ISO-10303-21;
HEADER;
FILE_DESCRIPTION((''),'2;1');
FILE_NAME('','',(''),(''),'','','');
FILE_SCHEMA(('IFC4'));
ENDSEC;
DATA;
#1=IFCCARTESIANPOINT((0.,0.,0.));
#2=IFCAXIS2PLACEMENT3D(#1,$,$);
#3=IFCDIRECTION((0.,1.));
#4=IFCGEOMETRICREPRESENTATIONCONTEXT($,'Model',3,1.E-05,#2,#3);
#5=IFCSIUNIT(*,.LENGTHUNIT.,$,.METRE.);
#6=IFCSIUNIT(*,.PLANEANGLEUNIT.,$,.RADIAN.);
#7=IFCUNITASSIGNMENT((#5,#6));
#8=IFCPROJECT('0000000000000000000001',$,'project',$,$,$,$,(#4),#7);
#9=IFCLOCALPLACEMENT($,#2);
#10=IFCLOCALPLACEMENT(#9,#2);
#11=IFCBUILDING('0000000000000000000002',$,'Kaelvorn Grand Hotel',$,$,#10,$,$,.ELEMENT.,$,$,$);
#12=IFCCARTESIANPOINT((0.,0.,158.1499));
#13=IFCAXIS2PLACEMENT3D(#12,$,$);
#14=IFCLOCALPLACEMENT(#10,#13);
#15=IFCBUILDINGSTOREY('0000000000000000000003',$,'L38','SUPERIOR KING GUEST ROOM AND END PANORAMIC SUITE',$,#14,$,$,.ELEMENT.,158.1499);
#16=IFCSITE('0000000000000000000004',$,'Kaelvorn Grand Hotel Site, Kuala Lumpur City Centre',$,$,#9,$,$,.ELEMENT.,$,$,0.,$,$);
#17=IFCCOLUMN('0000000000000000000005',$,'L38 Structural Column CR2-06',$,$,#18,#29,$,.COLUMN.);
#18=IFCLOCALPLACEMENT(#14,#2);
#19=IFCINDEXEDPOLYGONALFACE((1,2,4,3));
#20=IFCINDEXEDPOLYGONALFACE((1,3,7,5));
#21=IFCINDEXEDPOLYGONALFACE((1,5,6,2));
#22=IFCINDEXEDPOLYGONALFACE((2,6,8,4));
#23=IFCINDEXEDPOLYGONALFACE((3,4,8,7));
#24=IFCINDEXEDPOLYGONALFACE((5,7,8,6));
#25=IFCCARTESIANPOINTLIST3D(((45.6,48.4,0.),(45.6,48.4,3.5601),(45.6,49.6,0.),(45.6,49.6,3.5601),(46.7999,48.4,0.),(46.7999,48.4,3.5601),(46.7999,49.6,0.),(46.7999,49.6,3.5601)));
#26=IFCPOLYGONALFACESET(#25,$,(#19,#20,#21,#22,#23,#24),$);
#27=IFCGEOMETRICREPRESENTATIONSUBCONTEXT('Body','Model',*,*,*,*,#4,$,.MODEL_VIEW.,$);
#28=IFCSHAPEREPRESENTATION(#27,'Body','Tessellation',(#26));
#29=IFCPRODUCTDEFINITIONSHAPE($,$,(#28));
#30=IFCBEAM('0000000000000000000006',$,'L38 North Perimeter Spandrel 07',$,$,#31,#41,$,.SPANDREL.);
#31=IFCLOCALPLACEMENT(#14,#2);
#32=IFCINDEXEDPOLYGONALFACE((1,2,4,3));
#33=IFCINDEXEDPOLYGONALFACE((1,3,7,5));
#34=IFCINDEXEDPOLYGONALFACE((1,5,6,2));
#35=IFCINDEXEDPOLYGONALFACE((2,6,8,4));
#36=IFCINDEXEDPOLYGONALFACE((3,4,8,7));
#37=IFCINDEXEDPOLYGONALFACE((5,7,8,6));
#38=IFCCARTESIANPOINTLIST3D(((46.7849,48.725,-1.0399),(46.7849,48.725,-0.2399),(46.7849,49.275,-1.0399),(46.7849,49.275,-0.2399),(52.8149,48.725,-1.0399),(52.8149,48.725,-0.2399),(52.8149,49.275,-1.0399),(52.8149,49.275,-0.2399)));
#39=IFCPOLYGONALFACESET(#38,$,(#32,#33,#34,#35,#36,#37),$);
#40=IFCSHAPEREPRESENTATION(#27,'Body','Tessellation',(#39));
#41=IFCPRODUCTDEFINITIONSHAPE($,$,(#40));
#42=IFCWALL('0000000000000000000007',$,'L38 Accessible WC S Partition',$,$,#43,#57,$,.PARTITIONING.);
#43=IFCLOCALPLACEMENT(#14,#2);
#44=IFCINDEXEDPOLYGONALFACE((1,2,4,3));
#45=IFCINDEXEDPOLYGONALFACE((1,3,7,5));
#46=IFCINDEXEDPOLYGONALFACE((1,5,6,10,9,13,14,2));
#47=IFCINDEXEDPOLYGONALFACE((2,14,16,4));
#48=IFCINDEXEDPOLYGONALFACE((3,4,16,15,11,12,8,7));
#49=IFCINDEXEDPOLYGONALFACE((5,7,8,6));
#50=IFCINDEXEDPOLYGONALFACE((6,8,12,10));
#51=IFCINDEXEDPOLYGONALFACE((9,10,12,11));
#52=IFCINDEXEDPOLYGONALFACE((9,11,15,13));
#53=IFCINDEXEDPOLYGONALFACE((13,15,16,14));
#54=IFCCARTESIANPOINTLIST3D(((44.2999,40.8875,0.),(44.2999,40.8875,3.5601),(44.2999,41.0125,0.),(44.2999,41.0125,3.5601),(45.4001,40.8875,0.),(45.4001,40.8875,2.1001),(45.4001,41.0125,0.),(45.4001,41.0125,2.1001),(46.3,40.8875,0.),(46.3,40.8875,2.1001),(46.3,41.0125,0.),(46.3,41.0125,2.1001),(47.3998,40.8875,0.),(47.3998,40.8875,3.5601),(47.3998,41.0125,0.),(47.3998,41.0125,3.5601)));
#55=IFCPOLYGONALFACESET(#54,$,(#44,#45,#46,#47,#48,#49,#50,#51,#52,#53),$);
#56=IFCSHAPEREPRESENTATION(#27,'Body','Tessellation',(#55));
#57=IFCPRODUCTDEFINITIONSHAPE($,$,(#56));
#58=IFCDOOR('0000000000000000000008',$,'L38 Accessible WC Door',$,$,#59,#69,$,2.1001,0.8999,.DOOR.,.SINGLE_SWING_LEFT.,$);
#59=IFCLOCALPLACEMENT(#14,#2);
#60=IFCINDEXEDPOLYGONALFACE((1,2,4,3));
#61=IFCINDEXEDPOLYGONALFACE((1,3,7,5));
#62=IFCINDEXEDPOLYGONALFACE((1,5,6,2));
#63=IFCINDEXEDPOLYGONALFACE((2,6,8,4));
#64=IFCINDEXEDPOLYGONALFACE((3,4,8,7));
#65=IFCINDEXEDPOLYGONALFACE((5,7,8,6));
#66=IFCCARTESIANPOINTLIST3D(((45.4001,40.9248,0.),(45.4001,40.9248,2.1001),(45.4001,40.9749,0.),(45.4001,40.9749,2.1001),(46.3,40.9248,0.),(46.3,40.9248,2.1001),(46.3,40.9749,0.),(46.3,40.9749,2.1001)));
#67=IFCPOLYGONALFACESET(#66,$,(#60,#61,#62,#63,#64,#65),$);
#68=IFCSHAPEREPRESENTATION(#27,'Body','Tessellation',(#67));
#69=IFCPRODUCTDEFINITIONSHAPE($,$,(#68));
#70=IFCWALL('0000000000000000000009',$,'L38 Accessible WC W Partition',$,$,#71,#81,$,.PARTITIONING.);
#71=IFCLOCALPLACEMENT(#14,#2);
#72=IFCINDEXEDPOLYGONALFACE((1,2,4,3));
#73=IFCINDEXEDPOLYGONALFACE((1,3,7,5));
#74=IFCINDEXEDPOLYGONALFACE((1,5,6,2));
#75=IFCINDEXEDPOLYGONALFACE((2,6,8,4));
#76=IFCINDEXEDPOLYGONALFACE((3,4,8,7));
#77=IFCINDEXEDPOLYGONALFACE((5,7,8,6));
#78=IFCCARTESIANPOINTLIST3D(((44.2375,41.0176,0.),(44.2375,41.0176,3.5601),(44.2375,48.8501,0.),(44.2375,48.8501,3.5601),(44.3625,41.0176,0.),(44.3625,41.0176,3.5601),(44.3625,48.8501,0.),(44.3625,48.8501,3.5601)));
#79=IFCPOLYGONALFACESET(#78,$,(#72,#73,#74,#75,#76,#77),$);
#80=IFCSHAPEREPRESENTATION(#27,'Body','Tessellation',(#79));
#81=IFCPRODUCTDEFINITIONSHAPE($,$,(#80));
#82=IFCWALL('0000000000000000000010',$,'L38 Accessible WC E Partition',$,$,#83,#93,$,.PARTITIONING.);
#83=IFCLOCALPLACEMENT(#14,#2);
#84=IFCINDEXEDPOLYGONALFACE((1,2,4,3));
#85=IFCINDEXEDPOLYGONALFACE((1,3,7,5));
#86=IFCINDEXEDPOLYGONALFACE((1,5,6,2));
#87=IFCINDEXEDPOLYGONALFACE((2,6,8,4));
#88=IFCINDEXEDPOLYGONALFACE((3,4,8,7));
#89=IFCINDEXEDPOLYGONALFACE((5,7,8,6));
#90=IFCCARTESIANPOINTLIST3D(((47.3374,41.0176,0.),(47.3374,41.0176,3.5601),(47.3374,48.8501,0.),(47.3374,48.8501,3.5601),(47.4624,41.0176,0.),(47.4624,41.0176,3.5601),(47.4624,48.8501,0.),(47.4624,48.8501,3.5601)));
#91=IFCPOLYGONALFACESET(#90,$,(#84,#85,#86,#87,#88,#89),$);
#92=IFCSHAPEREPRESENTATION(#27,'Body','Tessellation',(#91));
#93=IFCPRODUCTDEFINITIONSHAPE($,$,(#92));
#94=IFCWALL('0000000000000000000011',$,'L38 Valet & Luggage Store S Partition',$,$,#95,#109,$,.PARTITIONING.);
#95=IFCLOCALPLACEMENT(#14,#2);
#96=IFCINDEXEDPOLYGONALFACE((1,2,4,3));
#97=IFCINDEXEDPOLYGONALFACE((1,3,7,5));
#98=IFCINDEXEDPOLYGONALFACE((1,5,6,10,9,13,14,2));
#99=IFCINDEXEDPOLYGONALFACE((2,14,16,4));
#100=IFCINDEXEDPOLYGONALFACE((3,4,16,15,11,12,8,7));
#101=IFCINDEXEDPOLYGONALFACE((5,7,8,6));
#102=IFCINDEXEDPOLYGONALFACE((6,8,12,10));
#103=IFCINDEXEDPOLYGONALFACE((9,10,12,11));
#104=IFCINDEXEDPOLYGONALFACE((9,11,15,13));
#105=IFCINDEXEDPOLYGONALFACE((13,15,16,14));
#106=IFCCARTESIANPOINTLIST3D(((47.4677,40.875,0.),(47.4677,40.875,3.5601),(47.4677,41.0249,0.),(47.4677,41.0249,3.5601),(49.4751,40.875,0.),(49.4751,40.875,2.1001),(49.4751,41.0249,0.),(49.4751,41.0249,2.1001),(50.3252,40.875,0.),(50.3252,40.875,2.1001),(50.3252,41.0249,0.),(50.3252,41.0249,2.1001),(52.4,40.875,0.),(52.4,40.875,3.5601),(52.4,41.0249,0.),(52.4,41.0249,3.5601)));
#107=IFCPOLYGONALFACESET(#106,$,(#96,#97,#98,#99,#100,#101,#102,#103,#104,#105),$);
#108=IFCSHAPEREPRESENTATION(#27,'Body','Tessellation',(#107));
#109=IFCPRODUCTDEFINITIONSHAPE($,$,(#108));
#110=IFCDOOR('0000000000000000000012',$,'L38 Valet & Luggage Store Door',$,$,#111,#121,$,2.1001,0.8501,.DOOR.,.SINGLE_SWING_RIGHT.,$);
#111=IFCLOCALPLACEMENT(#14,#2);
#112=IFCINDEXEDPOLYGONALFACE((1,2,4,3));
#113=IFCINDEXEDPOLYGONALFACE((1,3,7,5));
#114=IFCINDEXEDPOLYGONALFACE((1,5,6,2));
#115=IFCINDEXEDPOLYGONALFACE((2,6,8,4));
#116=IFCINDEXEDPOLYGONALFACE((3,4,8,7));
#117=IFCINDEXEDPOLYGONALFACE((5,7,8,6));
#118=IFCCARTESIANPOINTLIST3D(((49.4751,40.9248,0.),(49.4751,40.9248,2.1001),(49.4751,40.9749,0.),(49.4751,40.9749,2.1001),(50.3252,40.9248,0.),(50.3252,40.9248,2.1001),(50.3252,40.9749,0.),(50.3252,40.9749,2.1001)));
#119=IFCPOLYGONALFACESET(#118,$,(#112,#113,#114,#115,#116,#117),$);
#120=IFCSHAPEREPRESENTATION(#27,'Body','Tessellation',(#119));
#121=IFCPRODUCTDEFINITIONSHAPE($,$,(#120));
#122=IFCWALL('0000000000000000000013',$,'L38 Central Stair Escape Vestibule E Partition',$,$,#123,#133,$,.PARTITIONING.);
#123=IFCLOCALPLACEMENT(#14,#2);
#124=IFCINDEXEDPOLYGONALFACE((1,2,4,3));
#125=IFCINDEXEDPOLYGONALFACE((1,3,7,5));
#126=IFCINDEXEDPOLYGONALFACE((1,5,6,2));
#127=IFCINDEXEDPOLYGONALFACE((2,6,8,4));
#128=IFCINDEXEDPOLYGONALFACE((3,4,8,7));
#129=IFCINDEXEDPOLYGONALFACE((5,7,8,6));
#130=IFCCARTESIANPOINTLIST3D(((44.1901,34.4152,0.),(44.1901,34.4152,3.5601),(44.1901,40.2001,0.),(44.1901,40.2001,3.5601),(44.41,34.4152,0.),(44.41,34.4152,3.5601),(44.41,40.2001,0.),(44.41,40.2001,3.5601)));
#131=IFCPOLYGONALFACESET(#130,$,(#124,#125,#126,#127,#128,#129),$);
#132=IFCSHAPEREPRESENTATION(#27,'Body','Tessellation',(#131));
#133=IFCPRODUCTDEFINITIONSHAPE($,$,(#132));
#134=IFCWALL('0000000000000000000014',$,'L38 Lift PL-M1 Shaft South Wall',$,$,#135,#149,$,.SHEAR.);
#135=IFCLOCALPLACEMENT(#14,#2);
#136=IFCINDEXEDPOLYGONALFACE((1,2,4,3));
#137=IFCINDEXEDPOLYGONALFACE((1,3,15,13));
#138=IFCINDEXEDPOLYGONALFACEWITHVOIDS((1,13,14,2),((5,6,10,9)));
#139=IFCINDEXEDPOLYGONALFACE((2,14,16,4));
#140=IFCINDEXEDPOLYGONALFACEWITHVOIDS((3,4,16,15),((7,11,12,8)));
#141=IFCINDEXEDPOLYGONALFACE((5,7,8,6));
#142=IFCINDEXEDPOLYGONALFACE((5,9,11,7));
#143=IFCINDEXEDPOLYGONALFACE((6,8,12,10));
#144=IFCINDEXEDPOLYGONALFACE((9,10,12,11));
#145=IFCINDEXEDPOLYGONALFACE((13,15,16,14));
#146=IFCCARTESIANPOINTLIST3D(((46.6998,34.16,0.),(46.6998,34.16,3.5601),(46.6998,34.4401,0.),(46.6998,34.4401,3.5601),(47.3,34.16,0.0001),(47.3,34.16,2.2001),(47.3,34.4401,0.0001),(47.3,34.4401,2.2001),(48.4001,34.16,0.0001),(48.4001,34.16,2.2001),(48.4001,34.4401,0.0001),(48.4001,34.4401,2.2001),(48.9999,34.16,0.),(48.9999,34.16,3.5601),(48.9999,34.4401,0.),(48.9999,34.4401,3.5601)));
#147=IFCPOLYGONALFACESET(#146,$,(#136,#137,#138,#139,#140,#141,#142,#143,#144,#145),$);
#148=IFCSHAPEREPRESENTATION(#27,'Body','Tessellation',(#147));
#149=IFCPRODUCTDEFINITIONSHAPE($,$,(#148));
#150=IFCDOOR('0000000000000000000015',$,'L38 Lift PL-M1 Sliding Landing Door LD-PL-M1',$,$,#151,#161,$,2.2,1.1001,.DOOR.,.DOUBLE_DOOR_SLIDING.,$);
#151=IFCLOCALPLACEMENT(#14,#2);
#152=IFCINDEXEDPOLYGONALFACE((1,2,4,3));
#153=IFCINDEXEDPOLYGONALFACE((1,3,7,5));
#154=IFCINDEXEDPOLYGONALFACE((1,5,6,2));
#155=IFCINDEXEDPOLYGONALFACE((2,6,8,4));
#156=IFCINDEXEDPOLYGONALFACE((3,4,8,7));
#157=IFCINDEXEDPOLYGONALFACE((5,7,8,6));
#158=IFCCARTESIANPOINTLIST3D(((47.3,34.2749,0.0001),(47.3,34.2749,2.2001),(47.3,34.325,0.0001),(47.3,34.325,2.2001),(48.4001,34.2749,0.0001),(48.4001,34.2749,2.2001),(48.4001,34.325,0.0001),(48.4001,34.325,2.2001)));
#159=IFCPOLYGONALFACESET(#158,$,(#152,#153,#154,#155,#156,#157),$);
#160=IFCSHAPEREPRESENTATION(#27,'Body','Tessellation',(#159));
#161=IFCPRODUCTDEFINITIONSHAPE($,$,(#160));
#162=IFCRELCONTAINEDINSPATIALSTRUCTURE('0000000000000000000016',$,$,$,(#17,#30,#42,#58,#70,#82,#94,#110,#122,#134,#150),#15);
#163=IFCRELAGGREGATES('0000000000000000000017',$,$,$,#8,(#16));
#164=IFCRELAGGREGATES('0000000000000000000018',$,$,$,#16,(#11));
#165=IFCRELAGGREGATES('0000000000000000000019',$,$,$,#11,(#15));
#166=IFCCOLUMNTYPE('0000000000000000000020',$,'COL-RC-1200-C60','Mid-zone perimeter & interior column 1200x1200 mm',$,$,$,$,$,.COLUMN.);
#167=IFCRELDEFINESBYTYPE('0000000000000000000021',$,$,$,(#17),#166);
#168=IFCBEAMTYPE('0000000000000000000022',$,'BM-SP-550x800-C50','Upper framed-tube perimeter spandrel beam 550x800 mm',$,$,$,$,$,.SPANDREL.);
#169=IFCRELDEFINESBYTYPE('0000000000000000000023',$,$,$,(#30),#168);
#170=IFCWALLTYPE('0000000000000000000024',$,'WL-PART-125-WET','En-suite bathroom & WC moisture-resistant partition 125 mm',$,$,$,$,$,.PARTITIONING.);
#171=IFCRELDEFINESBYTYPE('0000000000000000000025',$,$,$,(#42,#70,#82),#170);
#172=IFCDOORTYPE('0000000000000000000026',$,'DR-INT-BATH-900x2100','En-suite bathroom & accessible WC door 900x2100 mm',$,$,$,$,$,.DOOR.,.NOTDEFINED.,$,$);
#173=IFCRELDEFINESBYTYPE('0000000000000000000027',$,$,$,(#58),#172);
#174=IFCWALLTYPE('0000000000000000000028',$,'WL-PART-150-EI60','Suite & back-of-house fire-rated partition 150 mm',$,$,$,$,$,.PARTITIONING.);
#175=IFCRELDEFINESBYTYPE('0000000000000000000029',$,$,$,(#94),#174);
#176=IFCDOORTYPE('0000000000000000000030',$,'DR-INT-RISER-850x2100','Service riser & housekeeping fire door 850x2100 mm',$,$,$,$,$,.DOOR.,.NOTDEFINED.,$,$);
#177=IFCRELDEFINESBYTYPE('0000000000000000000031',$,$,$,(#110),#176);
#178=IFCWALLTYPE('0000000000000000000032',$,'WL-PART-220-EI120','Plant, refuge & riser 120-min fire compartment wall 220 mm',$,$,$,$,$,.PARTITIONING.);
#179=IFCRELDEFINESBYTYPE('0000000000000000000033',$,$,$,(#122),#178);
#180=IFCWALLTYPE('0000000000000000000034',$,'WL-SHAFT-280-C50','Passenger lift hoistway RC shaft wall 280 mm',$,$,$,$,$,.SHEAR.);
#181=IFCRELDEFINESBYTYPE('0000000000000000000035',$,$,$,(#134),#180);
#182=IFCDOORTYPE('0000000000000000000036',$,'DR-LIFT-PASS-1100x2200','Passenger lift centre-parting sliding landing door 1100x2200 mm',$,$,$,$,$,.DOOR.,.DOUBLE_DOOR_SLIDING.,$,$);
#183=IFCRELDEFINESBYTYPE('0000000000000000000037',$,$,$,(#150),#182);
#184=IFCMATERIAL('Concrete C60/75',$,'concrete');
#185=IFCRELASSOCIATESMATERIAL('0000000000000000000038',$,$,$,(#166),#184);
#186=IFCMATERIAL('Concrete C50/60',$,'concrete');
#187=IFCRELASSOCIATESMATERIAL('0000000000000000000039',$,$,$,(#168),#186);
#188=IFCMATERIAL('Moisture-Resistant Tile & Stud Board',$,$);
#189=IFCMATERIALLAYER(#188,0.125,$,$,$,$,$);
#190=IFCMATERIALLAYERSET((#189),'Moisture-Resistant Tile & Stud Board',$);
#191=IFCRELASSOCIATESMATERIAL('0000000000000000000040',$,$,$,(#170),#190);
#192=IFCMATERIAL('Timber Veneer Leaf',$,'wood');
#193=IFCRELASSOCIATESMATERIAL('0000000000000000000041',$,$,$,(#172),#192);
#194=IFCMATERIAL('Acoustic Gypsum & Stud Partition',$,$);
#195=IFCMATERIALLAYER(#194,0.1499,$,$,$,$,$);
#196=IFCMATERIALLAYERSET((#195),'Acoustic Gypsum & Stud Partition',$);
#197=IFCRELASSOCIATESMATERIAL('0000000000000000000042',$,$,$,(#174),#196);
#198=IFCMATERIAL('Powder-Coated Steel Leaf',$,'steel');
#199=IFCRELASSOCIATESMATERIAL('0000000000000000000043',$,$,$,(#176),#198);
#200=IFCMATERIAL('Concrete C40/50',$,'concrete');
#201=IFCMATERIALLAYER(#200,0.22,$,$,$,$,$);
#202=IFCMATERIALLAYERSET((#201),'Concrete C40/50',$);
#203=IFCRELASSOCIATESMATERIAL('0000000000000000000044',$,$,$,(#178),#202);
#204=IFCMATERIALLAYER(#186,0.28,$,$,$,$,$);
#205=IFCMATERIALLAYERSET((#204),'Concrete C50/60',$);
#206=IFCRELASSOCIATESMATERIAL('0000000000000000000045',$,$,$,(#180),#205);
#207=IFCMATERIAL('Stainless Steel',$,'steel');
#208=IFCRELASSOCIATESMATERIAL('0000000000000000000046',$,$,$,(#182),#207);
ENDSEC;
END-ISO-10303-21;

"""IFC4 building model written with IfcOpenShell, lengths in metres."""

from ifc_helpers import new_model, si_unit, direction, frame, frame_2d, origin, origin_2d, place, context, subcontext, project, spatial, rectangle, extrude, material, layer, layer_set, material_profile, profile_set, type_object, element, fill, save


model = new_model("IFC4")

# Units and contexts
model_context = context("Model", 3, precision=1e-05, world=origin(), true_north=direction((0.0, 1.0)))
body_context = subcontext(model_context, "Body", "Model", "MODEL_VIEW")
ifc_project = project(units=[si_unit("LENGTHUNIT", "METRE"), si_unit("PLANEANGLEUNIT", "RADIAN")], contexts=[model_context])

# Site, building, storey
site_placement = place(None, origin())
site = spatial("IfcSite", under=ifc_project, at=site_placement, Name="Kaelvorn Grand Hotel Site, Kuala Lumpur City Centre", CompositionType="ELEMENT", RefElevation=0.0)
building_placement = place(site_placement, origin())
building = spatial("IfcBuilding", under=site, at=building_placement, Name="Kaelvorn Grand Hotel", CompositionType="ELEMENT")
storey_placement = place(building_placement, frame((0.0, 0.0, 158.1499)))
storey = spatial("IfcBuildingStorey", under=building, at=storey_placement, Name="L38", Description="SUPERIOR KING GUEST ROOM AND END PANORAMIC SUITE", CompositionType="ELEMENT", Elevation=158.1499)

# Column
ifc_material_1 = material(Name="Concrete C60/75", Category="concrete")
ifc_material_profile_1 = material_profile(ifc_material_1, rectangle(XDim=1.2, YDim=1.2, at=origin_2d()), Name="RC COL 1200x1200")
ifc_profile_set_1 = profile_set([ifc_material_profile_1], Name="Concrete C60/75")
column_type = type_object("IfcColumnType", Name="COL-RC-1200-C60", Description="Mid-zone perimeter & interior column 1200x1200 mm", PredefinedType="COLUMN", material=ifc_profile_set_1)
column_placement = place(storey_placement, frame((46.2, 49.0, 0.0), z_axis=(0.0, 0.0, 1.0), x_axis=(1.0, 0.0, 0.0)))
element("IfcColumn", 1, at=column_placement, inside=storey, type_object=column_type, Name="L38 Structural Column CR2-06", PredefinedType="COLUMN", context=body_context, shape_type="SweptSolid", body=[
    extrude(rectangle(XDim=1.2, YDim=1.2, at=origin_2d()), origin(), (0.0, 0.0, 1.0), 3.5601),
])

# Beam
ifc_material_2 = material(Name="Concrete C50/60", Category="concrete")
ifc_material_profile_2 = material_profile(ifc_material_2, rectangle(XDim=0.55, YDim=0.8, at=origin_2d()), Name="RC SPANDREL 550x800")
ifc_profile_set_2 = profile_set([ifc_material_profile_2], Name="Concrete C50/60")
beam_type = type_object("IfcBeamType", Name="BM-SP-550x800-C50", Description="Upper framed-tube perimeter spandrel beam 550x800 mm", PredefinedType="SPANDREL", material=ifc_profile_set_2)
beam_placement = place(storey_placement, frame((46.7849, 49.0, -0.6399), z_axis=(1.0, 0.0, 0.0), x_axis=(0.0, 1.0, 0.0)))
element("IfcBeam", 2, at=beam_placement, inside=storey, type_object=beam_type, Name="L38 North Perimeter Spandrel 07", PredefinedType="SPANDREL", context=body_context, shape_type="SweptSolid", body=[
    extrude(rectangle(XDim=0.55, YDim=0.8, at=origin_2d()), origin(), (0.0, 0.0, 1.0), 6.03),
])

# Wall, opening, door
ifc_material_3 = material(Name="Moisture-Resistant Tile & Stud Board")
ifc_layer_1 = layer(ifc_material_3, 0.125)
ifc_layer_set_1 = layer_set([ifc_layer_1], Name="Moisture-Resistant Tile & Stud Board")
wall_type_1 = type_object("IfcWallType", Name="WL-PART-125-WET", Description="En-suite bathroom & WC moisture-resistant partition 125 mm", PredefinedType="PARTITIONING", material=ifc_layer_set_1)
wall_1_placement = place(storey_placement, frame((44.3, 40.95, 0.0), z_axis=(0.0, 0.0, 1.0), x_axis=(1.0, 0.0, 0.0)))
wall_1 = element("IfcWall", 3, at=wall_1_placement, inside=storey, type_object=wall_type_1, Name="L38 Accessible WC S Partition", PredefinedType="PARTITIONING", context=body_context, shape_type="SweptSolid", body=[
    extrude(rectangle(XDim=3.0999, YDim=0.125, at=frame_2d((1.5498, 0.0))), origin(), (0.0, 0.0, 1.0), 3.5601),
])
opening_1_placement = place(wall_1_placement, frame((1.1001, 0.0, 0.0)))
opening_1 = element("IfcOpeningElement", 4, at=opening_1_placement, cuts=wall_1, PredefinedType="OPENING", context=body_context, shape_type="SweptSolid", body=[
    extrude(rectangle(XDim=0.8999, YDim=2.1001, at=frame_2d((0.45, 1.05))), frame((0.0, 0.0725, 0.0), z_axis=(0.0, -1.0, 0.0), x_axis=(1.0, 0.0, 0.0)), (0.0, 0.0, 1.0), 0.145),
])
ifc_material_4 = material(Name="Timber Veneer Leaf", Category="wood")
door_type_1 = type_object("IfcDoorType", Name="DR-INT-BATH-900x2100", Description="En-suite bathroom & accessible WC door 900x2100 mm", OperationType="NOTDEFINED", PredefinedType="DOOR", material=ifc_material_4)
door_1_placement = place(opening_1_placement, origin())
door_1 = element("IfcDoor", 5, at=door_1_placement, inside=storey, type_object=door_type_1, Name="L38 Accessible WC Door", OperationType="SINGLE_SWING_LEFT", OverallHeight=2.1001, OverallWidth=0.8999, PredefinedType="DOOR", context=body_context, shape_type="SweptSolid", body=[
    extrude(rectangle(XDim=0.8999, YDim=2.1001, at=frame_2d((0.45, 1.05))), frame((0.0, 0.0249, 0.0), z_axis=(0.0, -1.0, 0.0), x_axis=(1.0, 0.0, 0.0)), (0.0, 0.0, 1.0), 0.05),
])
fill(opening_1, door_1)

# Walls
for number, where, z_axis, x_axis, name in (
    (6, (44.3, 41.0176, 0.0), (0.0, 0.0, 1.0), (0.0, 1.0, 0.0), "L38 Accessible WC W Partition"),
    (7, (47.3999, 41.0176, 0.0), (0.0, 0.0, 1.0), (0.0, 1.0, 0.0), "L38 Accessible WC E Partition"),
):
    element("IfcWall", number, at=place(storey_placement, frame(where, z_axis=z_axis, x_axis=x_axis)), inside=storey, type_object=wall_type_1, Name=name, PredefinedType="PARTITIONING", context=body_context, shape_type="SweptSolid", body=[
        extrude(rectangle(XDim=7.8325, YDim=0.125, at=frame_2d((3.9163, 0.0))), origin(), (0.0, 0.0, 1.0), 3.5601),
    ])

# Wall, opening, door
ifc_material_5 = material(Name="Acoustic Gypsum & Stud Partition")
ifc_layer_2 = layer(ifc_material_5, 0.1499)
ifc_layer_set_2 = layer_set([ifc_layer_2], Name="Acoustic Gypsum & Stud Partition")
wall_type_2 = type_object("IfcWallType", Name="WL-PART-150-EI60", Description="Suite & back-of-house fire-rated partition 150 mm", PredefinedType="PARTITIONING", material=ifc_layer_set_2)
wall_2_placement = place(storey_placement, frame((47.4675, 40.95, 0.0), z_axis=(0.0, 0.0, 1.0), x_axis=(1.0, 0.0, 0.0)))
wall_2 = element("IfcWall", 8, at=wall_2_placement, inside=storey, type_object=wall_type_2, Name="L38 Valet & Luggage Store S Partition", PredefinedType="PARTITIONING", context=body_context, shape_type="SweptSolid", body=[
    extrude(rectangle(XDim=4.9324, YDim=0.1499, at=frame_2d((2.4663, 0.0))), origin(), (0.0, 0.0, 1.0), 3.5601),
])
opening_2_placement = place(wall_2_placement, frame((2.0076, 0.0, 0.0)))
opening_2 = element("IfcOpeningElement", 9, at=opening_2_placement, cuts=wall_2, PredefinedType="OPENING", context=body_context, shape_type="SweptSolid", body=[
    extrude(rectangle(XDim=0.8501, YDim=2.1001, at=frame_2d((0.425, 1.05))), frame((0.0, 0.085, 0.0), z_axis=(0.0, -1.0, 0.0), x_axis=(1.0, 0.0, 0.0)), (0.0, 0.0, 1.0), 0.1699),
])
ifc_material_6 = material(Name="Powder-Coated Steel Leaf", Category="steel")
door_type_2 = type_object("IfcDoorType", Name="DR-INT-RISER-850x2100", Description="Service riser & housekeeping fire door 850x2100 mm", OperationType="NOTDEFINED", PredefinedType="DOOR", material=ifc_material_6)
door_2_placement = place(opening_2_placement, origin())
door_2 = element("IfcDoor", 10, at=door_2_placement, inside=storey, type_object=door_type_2, Name="L38 Valet & Luggage Store Door", OperationType="SINGLE_SWING_RIGHT", OverallHeight=2.1001, OverallWidth=0.8501, PredefinedType="DOOR", context=body_context, shape_type="SweptSolid", body=[
    extrude(rectangle(XDim=0.8501, YDim=2.1001, at=frame_2d((0.425, 1.05))), frame((0.0, 0.0249, 0.0), z_axis=(0.0, -1.0, 0.0), x_axis=(1.0, 0.0, 0.0)), (0.0, 0.0, 1.0), 0.05),
])
fill(opening_2, door_2)

# Wall
ifc_material_7 = material(Name="Concrete C40/50", Category="concrete")
ifc_layer_3 = layer(ifc_material_7, 0.22)
ifc_layer_set_3 = layer_set([ifc_layer_3], Name="Concrete C40/50")
wall_type_3 = type_object("IfcWallType", Name="WL-PART-220-EI120", Description="Plant, refuge & riser 120-min fire compartment wall 220 mm", PredefinedType="PARTITIONING", material=ifc_layer_set_3)
wall_3_placement = place(storey_placement, frame((44.3, 34.415, 0.0), z_axis=(0.0, 0.0, 1.0), x_axis=(0.0, 1.0, 0.0)))
element("IfcWall", 11, at=wall_3_placement, inside=storey, type_object=wall_type_3, Name="L38 Central Stair Escape Vestibule E Partition", PredefinedType="PARTITIONING", context=body_context, shape_type="SweptSolid", body=[
    extrude(rectangle(XDim=5.7849, YDim=0.22, at=frame_2d((2.8926, 0.0))), origin(), (0.0, 0.0, 1.0), 3.5601),
])

# Wall, opening, door
ifc_layer_4 = layer(ifc_material_2, 0.28)
ifc_layer_set_4 = layer_set([ifc_layer_4], Name="Concrete C50/60")
wall_type_4 = type_object("IfcWallType", Name="WL-SHAFT-280-C50", Description="Passenger lift hoistway RC shaft wall 280 mm", PredefinedType="SHEAR", material=ifc_layer_set_4)
wall_4_placement = place(storey_placement, frame((46.7, 34.3, 0.0), z_axis=(0.0, 0.0, 1.0), x_axis=(1.0, 0.0, 0.0)))
wall_4 = element("IfcWall", 12, at=wall_4_placement, inside=storey, type_object=wall_type_4, Name="L38 Lift PL-M1 Shaft South Wall", PredefinedType="SHEAR", context=body_context, shape_type="SweptSolid", body=[
    extrude(rectangle(XDim=2.3, YDim=0.28, at=frame_2d((1.1499, 0.0))), origin(), (0.0, 0.0, 1.0), 3.5601),
])
opening_3_placement = place(wall_4_placement, frame((0.6001, 0.0, 0.0)))
opening_3 = element("IfcOpeningElement", 13, at=opening_3_placement, cuts=wall_4, PredefinedType="OPENING", context=body_context, shape_type="SweptSolid", body=[
    extrude(rectangle(XDim=1.1001, YDim=2.2, at=frame_2d((0.55, 1.1001))), frame((0.0, 0.1499, 0.0), z_axis=(0.0, -1.0, 0.0), x_axis=(1.0, 0.0, 0.0)), (0.0, 0.0, 1.0), 0.3),
])
ifc_material_8 = material(Name="Stainless Steel", Category="steel")
door_type_3 = type_object("IfcDoorType", Name="DR-LIFT-PASS-1100x2200", Description="Passenger lift centre-parting sliding landing door 1100x2200 mm", OperationType="DOUBLE_DOOR_SLIDING", PredefinedType="DOOR", material=ifc_material_8)
door_3_placement = place(opening_3_placement, origin())
door_3 = element("IfcDoor", 14, at=door_3_placement, inside=storey, type_object=door_type_3, Name="L38 Lift PL-M1 Sliding Landing Door LD-PL-M1", OperationType="DOUBLE_DOOR_SLIDING", OverallHeight=2.2, OverallWidth=1.1001, PredefinedType="DOOR", context=body_context, shape_type="SweptSolid", body=[
    extrude(rectangle(XDim=1.1001, YDim=2.2, at=frame_2d((0.55, 1.1001))), frame((0.0, 0.0249, 0.0), z_axis=(0.0, -1.0, 0.0), x_axis=(1.0, 0.0, 0.0)), (0.0, 0.0, 1.0), 0.05),
])
fill(opening_3, door_3)

save(model, "model.ifc")
